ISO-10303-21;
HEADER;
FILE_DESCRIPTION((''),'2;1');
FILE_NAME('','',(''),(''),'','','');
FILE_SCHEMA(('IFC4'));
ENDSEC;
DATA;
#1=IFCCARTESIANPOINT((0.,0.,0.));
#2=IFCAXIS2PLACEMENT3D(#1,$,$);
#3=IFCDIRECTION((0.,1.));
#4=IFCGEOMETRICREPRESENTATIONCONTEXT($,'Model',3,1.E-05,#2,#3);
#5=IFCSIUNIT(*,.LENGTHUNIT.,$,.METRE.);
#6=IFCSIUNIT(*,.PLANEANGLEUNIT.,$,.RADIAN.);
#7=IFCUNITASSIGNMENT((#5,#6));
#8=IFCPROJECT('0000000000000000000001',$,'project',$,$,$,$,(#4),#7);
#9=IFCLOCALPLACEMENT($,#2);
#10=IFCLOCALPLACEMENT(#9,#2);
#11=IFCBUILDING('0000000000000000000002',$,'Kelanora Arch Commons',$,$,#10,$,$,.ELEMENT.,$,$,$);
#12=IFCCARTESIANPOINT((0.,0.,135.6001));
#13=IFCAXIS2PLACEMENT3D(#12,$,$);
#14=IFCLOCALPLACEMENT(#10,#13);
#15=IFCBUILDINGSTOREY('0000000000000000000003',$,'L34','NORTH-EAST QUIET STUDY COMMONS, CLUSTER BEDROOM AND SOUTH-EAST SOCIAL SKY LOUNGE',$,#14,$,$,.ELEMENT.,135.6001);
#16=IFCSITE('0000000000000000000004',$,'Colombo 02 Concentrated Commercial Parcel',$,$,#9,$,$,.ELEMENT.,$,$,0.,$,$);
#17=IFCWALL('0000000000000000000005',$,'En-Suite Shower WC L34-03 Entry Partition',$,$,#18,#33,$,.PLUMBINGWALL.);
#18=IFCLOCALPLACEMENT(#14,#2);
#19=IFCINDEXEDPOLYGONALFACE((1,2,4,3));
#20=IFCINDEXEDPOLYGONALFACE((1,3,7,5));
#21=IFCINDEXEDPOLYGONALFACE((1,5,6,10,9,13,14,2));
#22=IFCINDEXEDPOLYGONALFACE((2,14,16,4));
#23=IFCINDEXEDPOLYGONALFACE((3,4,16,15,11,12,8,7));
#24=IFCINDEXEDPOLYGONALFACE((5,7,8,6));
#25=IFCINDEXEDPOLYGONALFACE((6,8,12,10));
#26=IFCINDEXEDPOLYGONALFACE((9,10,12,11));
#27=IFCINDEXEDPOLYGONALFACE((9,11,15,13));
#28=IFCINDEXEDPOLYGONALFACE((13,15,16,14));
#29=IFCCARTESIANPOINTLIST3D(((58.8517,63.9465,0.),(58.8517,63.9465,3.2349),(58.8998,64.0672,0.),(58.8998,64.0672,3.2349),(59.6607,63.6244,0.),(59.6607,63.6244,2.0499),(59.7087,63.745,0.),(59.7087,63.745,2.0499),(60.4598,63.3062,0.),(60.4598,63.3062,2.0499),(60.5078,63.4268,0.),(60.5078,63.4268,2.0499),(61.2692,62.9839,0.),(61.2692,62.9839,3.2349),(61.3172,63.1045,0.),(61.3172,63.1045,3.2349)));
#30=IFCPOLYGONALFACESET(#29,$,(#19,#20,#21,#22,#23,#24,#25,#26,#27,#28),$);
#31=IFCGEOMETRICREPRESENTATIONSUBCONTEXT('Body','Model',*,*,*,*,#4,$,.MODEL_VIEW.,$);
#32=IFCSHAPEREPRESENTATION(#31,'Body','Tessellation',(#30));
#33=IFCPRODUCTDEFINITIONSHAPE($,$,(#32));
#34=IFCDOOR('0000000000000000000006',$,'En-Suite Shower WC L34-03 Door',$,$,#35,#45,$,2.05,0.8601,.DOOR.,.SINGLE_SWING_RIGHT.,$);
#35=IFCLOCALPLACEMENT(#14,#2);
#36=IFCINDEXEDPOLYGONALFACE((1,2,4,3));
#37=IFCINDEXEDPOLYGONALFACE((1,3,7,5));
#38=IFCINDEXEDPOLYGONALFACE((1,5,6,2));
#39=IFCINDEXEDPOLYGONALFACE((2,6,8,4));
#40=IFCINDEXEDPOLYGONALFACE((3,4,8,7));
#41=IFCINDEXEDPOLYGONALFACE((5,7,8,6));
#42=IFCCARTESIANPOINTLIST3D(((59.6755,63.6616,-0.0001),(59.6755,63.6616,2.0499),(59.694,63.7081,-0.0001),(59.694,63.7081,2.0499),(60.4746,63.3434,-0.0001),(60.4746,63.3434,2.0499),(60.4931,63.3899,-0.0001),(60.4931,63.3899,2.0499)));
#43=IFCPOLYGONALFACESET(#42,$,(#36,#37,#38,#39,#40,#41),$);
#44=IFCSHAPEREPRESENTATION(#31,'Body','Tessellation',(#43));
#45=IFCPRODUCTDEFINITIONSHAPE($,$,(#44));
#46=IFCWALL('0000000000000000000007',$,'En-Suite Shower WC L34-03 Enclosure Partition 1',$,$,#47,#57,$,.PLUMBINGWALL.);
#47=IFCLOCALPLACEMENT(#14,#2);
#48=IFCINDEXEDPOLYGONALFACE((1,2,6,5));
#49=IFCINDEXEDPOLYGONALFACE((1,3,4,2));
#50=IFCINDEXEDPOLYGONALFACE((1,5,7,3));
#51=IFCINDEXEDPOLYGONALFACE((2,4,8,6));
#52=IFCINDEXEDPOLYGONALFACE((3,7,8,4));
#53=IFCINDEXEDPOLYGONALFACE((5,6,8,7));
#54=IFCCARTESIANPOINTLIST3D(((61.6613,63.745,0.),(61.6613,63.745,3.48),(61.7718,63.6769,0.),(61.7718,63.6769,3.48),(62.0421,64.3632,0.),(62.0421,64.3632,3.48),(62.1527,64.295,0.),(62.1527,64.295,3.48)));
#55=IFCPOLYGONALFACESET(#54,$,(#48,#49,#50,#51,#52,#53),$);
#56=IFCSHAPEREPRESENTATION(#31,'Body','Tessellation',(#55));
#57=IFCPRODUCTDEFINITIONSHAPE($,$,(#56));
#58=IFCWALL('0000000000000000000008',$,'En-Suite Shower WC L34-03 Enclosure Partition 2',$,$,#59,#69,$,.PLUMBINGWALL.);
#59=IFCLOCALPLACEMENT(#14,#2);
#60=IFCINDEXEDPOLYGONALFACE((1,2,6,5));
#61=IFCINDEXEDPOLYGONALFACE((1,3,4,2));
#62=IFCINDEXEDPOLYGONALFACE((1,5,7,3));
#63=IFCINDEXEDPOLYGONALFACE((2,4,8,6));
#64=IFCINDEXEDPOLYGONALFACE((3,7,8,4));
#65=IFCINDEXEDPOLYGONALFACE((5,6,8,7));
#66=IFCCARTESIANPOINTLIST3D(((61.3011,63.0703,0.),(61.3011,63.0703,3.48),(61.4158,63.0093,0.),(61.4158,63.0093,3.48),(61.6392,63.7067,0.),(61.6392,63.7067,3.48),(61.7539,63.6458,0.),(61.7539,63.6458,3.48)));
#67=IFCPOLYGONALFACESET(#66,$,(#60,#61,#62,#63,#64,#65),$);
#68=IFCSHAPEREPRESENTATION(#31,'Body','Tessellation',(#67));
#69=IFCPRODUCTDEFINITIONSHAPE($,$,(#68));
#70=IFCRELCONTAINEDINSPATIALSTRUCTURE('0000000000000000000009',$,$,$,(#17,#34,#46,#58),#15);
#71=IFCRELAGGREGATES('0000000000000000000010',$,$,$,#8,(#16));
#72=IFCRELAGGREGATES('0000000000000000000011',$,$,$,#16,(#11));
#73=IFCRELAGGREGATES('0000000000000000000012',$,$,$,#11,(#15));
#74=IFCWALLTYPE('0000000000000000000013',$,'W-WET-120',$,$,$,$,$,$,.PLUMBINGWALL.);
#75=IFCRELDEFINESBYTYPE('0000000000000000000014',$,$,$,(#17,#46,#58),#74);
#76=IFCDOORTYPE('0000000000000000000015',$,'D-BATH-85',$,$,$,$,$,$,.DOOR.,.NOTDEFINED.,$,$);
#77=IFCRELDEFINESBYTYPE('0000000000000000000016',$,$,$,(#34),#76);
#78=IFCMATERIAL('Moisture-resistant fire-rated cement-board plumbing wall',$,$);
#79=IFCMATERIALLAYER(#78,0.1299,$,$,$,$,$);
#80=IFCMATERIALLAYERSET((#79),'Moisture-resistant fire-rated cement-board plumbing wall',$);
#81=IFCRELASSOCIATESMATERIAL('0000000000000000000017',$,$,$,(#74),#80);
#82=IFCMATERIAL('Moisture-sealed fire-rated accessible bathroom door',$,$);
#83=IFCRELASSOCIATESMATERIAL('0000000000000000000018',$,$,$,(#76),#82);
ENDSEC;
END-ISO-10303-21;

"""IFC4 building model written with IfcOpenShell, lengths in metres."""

from ifc_helpers import new_model, si_unit, direction, frame, frame_2d, origin, place, context, subcontext, project, spatial, rectangle, extrude, material, layer, layer_set, type_object, element, fill, save


model = new_model("IFC4")

# Units and contexts
model_context = context("Model", 3, precision=1e-05, world=origin(), true_north=direction((0.0, 1.0)))
body_context = subcontext(model_context, "Body", "Model", "MODEL_VIEW")
ifc_project = project(units=[si_unit("LENGTHUNIT", "METRE"), si_unit("PLANEANGLEUNIT", "RADIAN")], contexts=[model_context])

# Site, building, storey
site_placement = place(None, origin())
site = spatial("IfcSite", under=ifc_project, at=site_placement, Name="Colombo 02 Concentrated Commercial Parcel", CompositionType="ELEMENT", RefElevation=0.0)
building_placement = place(site_placement, origin())
building = spatial("IfcBuilding", under=site, at=building_placement, Name="Kelanora Arch Commons", CompositionType="ELEMENT")
storey_placement = place(building_placement, frame((0.0, 0.0, 135.6001)))
storey = spatial("IfcBuildingStorey", under=building, at=storey_placement, Name="L34", Description="NORTH-EAST QUIET STUDY COMMONS, CLUSTER BEDROOM AND SOUTH-EAST SOCIAL SKY LOUNGE", CompositionType="ELEMENT", Elevation=135.6001)

# Wall, opening, door
ifc_material_1 = material(Name="Moisture-resistant fire-rated cement-board plumbing wall")
ifc_layer_1 = layer(ifc_material_1, 0.1299)
ifc_layer_set_1 = layer_set([ifc_layer_1], Name="Moisture-resistant fire-rated cement-board plumbing wall")
wall_type_1 = type_object("IfcWallType", Name="W-WET-120", PredefinedType="PLUMBINGWALL", material=ifc_layer_set_1)
ifc_material_2 = material(Name="Moisture-sealed fire-rated accessible bathroom door")
door_type_1 = type_object("IfcDoorType", Name="D-BATH-85", OperationType="NOTDEFINED", PredefinedType="DOOR", material=ifc_material_2)
wall_1_placement = place(storey_placement, frame((61.2932, 63.0442, 0.0), z_axis=(0.0, 0.0, 1.0), x_axis=(-0.929051, 0.369951, 0.0)))
wall_1 = element("IfcWall", 1, at=wall_1_placement, inside=storey, type_object=wall_type_1, Name="En-Suite Shower WC L34-03 Entry Partition", PredefinedType="PLUMBINGWALL", context=body_context, shape_type="SweptSolid", body=[
    extrude(rectangle(XDim=2.6021, YDim=0.1299, at=frame_2d((1.301, 0.0))), origin(), (0.0, 0.0, 1.0), 3.2349),
])
opening_1_placement = place(wall_1_placement, frame((0.8711, 0.0, 0.0)))
opening_1 = element("IfcOpeningElement", 2, at=opening_1_placement, cuts=wall_1, PredefinedType="OPENING", context=body_context, shape_type="SweptSolid", body=[
    extrude(rectangle(XDim=0.8601, YDim=2.05, at=frame_2d((0.4302, 1.0249))), frame((0.0, 0.075, 0.0), z_axis=(0.0, -1.0, 0.0), x_axis=(1.0, 0.0, 0.0)), (0.0, 0.0, 1.0), 0.1499),
])
door_1_placement = place(opening_1_placement, origin())
door_1 = element("IfcDoor", 3, at=door_1_placement, inside=storey, type_object=door_type_1, Name="En-Suite Shower WC L34-03 Door", OperationType="SINGLE_SWING_RIGHT", OverallHeight=2.05, OverallWidth=0.8601, PredefinedType="DOOR", context=body_context, shape_type="SweptSolid", body=[
    extrude(rectangle(XDim=0.8601, YDim=2.05, at=frame_2d((0.4302, 1.0249))), frame((0.0, 0.0249, 0.0), z_axis=(0.0, -1.0, 0.0), x_axis=(1.0, 0.0, 0.0)), (0.0, 0.0, 1.0), 0.05),
])
fill(opening_1, door_1)

# Walls
wall_2_placement = place(storey_placement, frame((62.0974, 64.3291, 0.0), z_axis=(0.0, 0.0, 1.0), x_axis=(-0.524548, -0.851381, 0.0)))
element("IfcWall", 4, at=wall_2_placement, inside=storey, type_object=wall_type_1, Name="En-Suite Shower WC L34-03 Enclosure Partition 1", PredefinedType="PLUMBINGWALL", context=body_context, shape_type="SweptSolid", body=[
    extrude(rectangle(XDim=0.7261, YDim=0.1299, at=frame_2d((0.363, 0.0))), origin(), (0.0, 0.0, 1.0), 3.48),
])
wall_3_placement = place(storey_placement, frame((61.6965, 63.6763, 0.0), z_axis=(0.0, 0.0, 1.0), x_axis=(-0.469163, -0.883111, 0.0)))
element("IfcWall", 5, at=wall_3_placement, inside=storey, type_object=wall_type_1, Name="En-Suite Shower WC L34-03 Enclosure Partition 2", PredefinedType="PLUMBINGWALL", context=body_context, shape_type="SweptSolid", body=[
    extrude(rectangle(XDim=0.7207, YDim=0.1299, at=frame_2d((0.3604, 0.0))), origin(), (0.0, 0.0, 1.0), 3.48),
])

save(model, "model.ifc")
